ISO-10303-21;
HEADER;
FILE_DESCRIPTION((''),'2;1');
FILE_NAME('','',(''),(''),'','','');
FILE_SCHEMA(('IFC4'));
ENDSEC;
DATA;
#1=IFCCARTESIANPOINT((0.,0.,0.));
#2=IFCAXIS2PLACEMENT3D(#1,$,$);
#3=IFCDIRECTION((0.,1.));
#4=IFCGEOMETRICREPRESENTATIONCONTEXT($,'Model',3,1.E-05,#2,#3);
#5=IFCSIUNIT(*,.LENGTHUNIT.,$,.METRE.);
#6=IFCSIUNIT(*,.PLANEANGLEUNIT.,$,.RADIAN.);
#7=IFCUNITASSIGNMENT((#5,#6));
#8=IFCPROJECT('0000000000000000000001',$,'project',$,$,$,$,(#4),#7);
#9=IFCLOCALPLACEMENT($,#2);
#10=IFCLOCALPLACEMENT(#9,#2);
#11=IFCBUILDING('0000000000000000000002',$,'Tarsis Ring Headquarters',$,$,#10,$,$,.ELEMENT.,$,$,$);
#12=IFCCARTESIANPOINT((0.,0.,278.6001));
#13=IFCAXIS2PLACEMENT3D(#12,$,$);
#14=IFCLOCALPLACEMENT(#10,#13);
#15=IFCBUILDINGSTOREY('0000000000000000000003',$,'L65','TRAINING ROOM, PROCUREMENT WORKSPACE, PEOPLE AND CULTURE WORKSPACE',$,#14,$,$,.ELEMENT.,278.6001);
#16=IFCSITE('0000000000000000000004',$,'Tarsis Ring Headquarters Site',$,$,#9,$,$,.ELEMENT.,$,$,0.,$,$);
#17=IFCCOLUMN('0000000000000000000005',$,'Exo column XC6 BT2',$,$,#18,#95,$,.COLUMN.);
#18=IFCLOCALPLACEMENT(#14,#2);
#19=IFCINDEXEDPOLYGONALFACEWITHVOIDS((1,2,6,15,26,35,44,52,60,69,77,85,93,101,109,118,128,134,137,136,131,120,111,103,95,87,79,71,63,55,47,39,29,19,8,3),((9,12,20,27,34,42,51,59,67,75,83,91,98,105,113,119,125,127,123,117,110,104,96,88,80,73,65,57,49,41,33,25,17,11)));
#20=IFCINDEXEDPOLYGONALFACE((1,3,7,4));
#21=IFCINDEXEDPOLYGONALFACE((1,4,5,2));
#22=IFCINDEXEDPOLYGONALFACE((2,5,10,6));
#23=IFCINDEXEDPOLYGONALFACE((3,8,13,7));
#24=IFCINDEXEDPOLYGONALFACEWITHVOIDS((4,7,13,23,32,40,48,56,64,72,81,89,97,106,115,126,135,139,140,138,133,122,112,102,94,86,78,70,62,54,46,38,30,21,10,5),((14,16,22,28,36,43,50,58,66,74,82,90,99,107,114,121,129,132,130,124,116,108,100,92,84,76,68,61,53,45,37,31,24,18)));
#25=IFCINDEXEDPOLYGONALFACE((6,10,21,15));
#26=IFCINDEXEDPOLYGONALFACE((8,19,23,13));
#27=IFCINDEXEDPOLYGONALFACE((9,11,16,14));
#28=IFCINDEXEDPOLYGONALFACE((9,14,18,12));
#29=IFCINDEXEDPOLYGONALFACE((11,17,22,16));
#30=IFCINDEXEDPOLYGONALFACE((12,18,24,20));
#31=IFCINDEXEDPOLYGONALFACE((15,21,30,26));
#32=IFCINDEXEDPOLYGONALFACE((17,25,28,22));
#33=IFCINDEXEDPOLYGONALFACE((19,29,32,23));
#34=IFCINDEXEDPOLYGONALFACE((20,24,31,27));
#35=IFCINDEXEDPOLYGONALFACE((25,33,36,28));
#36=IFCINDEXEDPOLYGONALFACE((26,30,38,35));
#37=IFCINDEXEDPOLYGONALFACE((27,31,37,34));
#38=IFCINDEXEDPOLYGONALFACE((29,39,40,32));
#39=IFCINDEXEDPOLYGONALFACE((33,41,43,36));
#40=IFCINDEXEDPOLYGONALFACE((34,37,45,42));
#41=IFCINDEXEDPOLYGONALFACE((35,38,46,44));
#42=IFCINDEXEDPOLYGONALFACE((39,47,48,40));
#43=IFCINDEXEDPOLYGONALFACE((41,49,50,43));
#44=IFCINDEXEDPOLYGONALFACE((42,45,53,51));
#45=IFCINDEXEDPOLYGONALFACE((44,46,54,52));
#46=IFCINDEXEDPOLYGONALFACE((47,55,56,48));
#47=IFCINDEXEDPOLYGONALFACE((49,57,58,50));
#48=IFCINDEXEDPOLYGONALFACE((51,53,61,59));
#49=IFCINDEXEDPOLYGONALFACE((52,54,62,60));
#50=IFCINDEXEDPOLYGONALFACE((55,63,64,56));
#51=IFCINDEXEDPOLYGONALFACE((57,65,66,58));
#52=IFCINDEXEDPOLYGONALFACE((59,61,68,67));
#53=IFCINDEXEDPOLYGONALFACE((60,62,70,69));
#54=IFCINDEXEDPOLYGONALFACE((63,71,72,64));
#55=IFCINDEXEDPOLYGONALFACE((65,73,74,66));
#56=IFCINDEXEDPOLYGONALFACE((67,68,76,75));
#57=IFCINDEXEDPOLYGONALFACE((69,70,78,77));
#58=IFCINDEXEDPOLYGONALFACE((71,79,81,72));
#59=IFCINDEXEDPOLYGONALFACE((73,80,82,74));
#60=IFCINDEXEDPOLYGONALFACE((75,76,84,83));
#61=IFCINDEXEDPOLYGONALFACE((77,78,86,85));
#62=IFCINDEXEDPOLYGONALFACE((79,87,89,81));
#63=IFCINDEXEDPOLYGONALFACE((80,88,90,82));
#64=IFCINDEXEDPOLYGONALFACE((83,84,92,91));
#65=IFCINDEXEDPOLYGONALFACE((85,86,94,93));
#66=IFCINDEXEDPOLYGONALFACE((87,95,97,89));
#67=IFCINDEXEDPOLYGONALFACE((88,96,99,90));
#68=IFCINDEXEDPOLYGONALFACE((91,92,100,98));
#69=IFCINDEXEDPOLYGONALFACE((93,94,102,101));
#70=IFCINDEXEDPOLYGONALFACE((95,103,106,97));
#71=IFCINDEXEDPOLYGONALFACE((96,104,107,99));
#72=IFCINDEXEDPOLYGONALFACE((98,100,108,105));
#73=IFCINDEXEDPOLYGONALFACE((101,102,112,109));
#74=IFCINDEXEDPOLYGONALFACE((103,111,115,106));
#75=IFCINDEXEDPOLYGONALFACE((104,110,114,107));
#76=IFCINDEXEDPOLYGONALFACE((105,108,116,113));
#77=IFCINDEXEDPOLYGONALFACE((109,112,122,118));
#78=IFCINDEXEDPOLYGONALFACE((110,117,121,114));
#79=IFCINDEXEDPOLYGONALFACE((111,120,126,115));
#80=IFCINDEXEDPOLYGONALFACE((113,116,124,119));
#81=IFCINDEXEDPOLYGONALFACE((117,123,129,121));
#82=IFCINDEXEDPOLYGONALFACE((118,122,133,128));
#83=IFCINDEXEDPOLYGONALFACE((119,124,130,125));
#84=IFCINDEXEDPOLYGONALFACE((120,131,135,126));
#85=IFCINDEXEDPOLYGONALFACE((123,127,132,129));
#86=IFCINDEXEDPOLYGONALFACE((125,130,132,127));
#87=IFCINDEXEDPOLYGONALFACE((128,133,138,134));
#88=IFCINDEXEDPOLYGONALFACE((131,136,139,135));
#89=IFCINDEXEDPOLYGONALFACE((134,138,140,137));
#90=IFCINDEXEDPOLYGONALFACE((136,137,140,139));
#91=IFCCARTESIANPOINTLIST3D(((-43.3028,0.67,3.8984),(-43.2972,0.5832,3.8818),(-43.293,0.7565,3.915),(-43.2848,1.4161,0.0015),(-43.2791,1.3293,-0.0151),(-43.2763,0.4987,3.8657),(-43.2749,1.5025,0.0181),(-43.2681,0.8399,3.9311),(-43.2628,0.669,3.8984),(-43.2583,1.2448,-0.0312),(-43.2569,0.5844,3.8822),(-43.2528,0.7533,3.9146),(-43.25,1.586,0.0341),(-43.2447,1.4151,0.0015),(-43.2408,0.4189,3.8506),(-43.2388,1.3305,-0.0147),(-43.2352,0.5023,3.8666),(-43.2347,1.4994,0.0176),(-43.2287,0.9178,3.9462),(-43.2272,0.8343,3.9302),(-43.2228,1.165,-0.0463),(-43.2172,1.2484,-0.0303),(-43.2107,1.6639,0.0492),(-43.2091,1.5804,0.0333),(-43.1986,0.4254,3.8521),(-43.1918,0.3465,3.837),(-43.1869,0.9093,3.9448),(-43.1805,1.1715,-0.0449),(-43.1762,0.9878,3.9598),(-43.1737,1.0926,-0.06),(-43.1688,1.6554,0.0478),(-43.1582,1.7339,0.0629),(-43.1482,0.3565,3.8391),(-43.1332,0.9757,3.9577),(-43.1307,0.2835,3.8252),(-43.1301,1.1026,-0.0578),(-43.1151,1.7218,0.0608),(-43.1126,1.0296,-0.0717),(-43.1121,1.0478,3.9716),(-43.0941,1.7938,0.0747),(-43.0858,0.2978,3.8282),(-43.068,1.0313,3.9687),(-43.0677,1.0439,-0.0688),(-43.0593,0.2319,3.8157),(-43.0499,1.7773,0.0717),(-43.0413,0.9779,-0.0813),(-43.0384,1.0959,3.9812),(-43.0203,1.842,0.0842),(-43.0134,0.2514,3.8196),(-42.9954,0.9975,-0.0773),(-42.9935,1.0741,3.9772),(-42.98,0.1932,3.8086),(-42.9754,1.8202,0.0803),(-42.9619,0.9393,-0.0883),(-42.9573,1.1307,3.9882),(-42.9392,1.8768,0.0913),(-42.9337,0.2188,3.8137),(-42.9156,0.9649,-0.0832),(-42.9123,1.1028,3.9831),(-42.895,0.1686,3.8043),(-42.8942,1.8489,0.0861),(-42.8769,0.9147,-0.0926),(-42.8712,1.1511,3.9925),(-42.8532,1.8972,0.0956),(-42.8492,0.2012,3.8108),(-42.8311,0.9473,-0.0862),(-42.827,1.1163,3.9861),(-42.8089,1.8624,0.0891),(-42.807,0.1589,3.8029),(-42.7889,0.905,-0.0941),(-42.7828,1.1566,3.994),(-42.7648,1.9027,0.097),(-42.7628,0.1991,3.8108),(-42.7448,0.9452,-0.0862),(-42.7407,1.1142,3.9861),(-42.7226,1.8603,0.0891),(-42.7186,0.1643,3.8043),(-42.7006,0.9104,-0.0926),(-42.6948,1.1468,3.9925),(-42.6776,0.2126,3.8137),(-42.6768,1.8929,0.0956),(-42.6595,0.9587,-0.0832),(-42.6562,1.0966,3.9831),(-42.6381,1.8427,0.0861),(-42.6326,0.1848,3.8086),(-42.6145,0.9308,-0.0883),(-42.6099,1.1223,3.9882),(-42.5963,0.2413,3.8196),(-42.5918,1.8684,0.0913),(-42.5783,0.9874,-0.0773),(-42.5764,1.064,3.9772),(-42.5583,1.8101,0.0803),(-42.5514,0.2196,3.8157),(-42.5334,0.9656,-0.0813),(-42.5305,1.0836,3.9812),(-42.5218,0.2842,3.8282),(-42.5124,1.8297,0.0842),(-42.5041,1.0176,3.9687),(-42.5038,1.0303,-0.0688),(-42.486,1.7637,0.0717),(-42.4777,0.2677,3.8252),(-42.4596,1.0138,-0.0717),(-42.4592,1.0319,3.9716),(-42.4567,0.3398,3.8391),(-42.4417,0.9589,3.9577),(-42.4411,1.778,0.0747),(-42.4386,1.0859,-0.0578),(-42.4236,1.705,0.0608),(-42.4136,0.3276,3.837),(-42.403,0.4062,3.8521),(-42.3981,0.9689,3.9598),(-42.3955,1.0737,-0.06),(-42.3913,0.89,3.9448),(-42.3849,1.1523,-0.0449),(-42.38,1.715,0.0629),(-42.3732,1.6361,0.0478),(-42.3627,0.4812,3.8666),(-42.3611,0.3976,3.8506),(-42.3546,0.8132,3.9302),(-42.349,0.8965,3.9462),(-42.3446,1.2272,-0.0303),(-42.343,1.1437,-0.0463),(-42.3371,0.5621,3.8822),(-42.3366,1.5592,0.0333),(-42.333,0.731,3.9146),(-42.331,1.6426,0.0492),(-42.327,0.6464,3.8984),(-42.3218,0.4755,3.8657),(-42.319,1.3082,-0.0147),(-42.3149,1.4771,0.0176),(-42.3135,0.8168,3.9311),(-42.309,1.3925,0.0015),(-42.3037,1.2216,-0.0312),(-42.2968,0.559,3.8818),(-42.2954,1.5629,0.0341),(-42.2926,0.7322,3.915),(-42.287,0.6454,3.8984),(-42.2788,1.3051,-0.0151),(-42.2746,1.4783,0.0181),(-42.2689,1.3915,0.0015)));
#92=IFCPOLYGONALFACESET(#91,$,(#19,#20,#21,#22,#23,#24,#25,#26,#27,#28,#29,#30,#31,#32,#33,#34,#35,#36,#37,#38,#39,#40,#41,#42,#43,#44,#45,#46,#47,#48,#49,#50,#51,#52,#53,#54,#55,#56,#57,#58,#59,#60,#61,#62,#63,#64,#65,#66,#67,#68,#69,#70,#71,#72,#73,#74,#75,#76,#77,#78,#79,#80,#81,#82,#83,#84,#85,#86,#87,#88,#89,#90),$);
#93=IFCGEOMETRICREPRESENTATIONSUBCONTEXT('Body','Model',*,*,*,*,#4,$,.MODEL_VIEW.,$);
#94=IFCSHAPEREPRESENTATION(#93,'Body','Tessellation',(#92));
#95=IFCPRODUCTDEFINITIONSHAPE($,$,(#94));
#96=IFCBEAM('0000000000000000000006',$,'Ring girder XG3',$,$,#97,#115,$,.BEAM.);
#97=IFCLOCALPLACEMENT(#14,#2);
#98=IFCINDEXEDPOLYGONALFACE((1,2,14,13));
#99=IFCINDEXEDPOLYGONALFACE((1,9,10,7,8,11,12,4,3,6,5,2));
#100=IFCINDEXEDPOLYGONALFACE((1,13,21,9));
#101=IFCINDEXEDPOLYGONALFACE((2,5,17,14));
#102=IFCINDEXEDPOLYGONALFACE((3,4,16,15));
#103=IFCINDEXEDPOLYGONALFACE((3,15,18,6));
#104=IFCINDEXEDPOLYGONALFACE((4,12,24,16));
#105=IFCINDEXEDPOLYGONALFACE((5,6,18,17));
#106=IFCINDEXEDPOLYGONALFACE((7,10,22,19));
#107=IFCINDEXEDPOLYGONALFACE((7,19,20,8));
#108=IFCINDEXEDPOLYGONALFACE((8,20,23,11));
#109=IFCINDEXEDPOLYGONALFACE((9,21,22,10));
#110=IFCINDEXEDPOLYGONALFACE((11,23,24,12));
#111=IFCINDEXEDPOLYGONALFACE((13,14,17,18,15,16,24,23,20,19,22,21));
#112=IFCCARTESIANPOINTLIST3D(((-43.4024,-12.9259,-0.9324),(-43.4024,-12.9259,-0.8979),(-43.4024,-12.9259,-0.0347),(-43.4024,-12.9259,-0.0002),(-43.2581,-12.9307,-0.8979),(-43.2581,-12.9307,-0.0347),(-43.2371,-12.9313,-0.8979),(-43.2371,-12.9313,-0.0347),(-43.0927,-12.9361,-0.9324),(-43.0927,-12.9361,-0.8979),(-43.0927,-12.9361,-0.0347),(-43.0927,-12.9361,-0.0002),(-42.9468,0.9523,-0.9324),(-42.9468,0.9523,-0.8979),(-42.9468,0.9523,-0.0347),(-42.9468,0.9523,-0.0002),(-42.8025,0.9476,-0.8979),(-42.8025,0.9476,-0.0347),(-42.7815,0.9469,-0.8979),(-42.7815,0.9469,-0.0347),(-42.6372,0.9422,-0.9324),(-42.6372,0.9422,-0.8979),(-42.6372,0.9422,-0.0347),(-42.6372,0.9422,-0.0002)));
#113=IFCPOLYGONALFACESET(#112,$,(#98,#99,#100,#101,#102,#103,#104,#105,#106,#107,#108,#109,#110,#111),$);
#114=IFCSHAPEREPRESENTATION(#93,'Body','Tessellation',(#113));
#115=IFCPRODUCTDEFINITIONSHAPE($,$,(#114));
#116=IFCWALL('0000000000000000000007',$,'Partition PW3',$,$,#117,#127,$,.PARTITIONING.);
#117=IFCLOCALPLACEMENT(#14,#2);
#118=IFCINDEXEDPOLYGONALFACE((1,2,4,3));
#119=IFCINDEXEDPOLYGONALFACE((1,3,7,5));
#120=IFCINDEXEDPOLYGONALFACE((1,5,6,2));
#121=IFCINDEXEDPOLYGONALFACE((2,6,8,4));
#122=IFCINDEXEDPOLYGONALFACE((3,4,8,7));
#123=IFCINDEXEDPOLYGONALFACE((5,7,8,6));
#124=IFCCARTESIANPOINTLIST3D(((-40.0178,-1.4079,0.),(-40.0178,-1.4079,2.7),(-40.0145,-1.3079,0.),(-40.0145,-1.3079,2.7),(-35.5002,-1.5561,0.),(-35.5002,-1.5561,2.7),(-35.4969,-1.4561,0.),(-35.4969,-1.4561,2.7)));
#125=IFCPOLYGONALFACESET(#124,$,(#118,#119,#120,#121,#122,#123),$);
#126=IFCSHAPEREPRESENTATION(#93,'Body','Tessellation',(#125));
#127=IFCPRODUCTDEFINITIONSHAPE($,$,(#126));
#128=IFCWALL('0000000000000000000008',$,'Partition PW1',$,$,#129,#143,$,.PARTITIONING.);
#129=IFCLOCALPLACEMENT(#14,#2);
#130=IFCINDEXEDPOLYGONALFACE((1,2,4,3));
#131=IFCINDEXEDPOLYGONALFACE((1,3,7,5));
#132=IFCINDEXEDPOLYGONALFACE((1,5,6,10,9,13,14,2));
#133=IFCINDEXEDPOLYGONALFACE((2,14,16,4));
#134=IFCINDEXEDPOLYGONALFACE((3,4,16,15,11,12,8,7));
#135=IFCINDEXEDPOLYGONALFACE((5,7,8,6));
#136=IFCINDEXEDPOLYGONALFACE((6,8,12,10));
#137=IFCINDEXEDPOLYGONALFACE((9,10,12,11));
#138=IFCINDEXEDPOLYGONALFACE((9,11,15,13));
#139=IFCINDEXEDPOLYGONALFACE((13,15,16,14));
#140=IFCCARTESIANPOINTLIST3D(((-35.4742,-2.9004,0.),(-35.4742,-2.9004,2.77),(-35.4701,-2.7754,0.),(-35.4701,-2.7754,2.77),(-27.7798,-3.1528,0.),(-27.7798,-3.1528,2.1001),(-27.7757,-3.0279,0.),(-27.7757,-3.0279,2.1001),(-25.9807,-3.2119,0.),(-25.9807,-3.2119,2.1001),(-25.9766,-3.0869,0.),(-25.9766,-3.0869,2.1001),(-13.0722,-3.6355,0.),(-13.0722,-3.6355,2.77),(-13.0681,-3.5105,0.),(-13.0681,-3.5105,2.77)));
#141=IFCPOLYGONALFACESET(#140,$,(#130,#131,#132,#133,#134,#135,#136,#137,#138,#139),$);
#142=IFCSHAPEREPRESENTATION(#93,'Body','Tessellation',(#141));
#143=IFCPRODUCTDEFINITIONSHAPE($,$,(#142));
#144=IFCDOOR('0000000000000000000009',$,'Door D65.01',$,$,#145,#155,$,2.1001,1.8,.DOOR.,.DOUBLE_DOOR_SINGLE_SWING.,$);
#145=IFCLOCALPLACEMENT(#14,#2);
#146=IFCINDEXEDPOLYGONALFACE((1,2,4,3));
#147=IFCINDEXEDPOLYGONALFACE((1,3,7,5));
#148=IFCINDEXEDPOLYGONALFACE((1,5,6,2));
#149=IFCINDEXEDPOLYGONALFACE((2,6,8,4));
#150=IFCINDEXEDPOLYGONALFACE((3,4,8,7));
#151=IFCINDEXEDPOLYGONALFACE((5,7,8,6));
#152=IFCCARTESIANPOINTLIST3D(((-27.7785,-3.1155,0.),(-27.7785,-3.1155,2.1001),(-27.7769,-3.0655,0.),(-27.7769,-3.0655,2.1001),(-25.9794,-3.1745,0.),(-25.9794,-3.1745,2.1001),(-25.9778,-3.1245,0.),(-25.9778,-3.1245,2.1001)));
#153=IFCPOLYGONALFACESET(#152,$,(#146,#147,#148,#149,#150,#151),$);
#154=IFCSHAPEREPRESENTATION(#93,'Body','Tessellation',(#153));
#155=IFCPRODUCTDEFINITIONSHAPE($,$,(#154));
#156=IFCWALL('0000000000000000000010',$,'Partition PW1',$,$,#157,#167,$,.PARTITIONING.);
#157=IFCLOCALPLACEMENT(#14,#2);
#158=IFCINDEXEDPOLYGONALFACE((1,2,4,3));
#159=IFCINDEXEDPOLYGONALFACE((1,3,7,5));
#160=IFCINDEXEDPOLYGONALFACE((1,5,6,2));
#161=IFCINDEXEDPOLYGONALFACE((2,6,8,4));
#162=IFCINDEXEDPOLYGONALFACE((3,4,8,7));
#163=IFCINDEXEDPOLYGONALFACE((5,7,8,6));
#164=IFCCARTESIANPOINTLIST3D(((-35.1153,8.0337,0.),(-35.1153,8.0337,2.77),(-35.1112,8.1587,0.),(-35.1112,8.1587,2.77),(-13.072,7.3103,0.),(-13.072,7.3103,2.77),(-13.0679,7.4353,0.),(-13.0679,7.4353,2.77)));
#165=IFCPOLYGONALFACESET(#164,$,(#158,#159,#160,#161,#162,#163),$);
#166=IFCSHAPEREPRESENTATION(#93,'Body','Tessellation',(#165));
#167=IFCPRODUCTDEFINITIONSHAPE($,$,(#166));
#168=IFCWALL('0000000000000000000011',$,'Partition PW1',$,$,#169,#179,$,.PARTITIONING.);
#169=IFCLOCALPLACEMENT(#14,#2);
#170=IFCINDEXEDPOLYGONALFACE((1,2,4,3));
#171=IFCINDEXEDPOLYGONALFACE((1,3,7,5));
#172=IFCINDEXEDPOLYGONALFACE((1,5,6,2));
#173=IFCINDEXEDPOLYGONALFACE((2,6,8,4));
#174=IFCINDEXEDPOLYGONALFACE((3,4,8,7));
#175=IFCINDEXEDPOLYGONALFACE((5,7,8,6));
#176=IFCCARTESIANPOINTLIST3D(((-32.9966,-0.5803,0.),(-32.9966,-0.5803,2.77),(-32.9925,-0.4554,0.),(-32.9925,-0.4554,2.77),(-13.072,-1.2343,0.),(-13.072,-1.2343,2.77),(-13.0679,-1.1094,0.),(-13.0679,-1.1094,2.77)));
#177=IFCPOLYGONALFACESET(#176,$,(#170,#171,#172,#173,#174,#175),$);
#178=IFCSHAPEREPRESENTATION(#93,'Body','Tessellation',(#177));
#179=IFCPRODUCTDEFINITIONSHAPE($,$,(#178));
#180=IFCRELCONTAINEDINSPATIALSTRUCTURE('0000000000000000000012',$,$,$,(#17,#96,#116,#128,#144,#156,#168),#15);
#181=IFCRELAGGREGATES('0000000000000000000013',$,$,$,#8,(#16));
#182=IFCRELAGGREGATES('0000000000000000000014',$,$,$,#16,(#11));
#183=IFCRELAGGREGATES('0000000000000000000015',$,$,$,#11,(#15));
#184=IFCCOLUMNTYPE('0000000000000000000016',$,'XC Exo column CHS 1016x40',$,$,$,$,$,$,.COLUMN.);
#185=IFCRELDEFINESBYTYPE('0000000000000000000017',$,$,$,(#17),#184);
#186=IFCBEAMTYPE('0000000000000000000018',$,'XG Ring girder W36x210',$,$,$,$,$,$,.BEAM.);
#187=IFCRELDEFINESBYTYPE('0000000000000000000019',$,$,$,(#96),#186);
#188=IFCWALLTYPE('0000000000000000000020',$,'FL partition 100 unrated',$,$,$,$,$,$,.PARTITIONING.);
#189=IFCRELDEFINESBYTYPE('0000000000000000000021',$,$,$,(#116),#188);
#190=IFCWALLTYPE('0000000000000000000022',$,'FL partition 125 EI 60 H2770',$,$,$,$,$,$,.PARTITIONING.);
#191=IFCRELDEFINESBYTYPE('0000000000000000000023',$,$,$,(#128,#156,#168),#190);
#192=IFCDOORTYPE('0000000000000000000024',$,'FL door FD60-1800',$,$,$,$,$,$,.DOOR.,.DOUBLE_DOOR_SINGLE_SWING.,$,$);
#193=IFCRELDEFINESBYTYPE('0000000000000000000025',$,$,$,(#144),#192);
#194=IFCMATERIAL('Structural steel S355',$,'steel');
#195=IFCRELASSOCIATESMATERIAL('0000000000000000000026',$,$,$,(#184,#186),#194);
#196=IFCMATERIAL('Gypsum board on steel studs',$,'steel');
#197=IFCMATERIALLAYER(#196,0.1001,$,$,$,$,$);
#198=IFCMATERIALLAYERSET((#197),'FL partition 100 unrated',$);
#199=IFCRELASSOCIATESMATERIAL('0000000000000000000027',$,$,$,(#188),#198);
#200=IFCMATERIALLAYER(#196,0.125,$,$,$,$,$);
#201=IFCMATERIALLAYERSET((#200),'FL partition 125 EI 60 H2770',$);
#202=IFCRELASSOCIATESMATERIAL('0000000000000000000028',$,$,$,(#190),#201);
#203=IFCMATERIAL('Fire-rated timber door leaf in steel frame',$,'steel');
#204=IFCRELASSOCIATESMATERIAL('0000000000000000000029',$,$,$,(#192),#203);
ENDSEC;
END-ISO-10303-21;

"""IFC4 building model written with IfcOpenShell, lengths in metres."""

from ifc_helpers import new_model, si_unit, direction, frame, frame_2d, origin, origin_2d, place, context, subcontext, project, spatial, rectangle, hollow_circle, i_section, extrude, material, layer, layer_set, material_profile, profile_set, type_object, element, fill, save


model = new_model("IFC4")

# Units and contexts
model_context = context("Model", 3, precision=1e-05, world=origin(), true_north=direction((0.0, 1.0)))
body_context = subcontext(model_context, "Body", "Model", "MODEL_VIEW")
ifc_project = project(units=[si_unit("LENGTHUNIT", "METRE"), si_unit("PLANEANGLEUNIT", "RADIAN")], contexts=[model_context])

# Site, building, storey
site_placement = place(None, origin())
site = spatial("IfcSite", under=ifc_project, at=site_placement, Name="Tarsis Ring Headquarters Site", CompositionType="ELEMENT", RefElevation=0.0)
building_placement = place(site_placement, origin())
building = spatial("IfcBuilding", under=site, at=building_placement, Name="Tarsis Ring Headquarters", CompositionType="ELEMENT")
storey_placement = place(building_placement, frame((0.0, 0.0, 278.6001)))
storey = spatial("IfcBuildingStorey", under=building, at=storey_placement, Name="L65", Description="TRAINING ROOM, PROCUREMENT WORKSPACE, PEOPLE AND CULTURE WORKSPACE", CompositionType="ELEMENT", Elevation=278.6001)

# Column
ifc_material_1 = material(Name="Structural steel S355", Category="steel")
ifc_material_profile_1 = material_profile(ifc_material_1, hollow_circle(Radius=0.5081, WallThickness=0.04, at=origin_2d()), Name="CHS 1016x40")
ifc_profile_set_1 = profile_set([ifc_material_profile_1], Name="Structural steel S355")
column_type = type_object("IfcColumnType", Name="XC Exo column CHS 1016x40", PredefinedType="COLUMN", material=ifc_profile_set_1)
column_placement = place(storey_placement, frame((-42.7769, 1.4038, 0.0015), z_axis=(-0.004553, -0.188037, 0.982151), x_axis=(0.999707, -0.024208, 0.0)))
element("IfcColumn", 1, at=column_placement, inside=storey, type_object=column_type, Name="Exo column XC6 BT2", PredefinedType="COLUMN", context=body_context, shape_type="SweptSolid", body=[
    extrude(hollow_circle(Radius=0.5081, WallThickness=0.04, at=origin_2d()), origin(), (0.0, 0.0, 1.0), 3.9678),
])

# Beam
ifc_material_profile_2 = material_profile(ifc_material_1, i_section(OverallWidth=0.3098, OverallDepth=0.9321, WebThickness=0.021, FlangeThickness=0.0344, at=origin_2d()), Name="W36x210")
ifc_profile_set_2 = profile_set([ifc_material_profile_2], Name="Structural steel S355")
beam_type = type_object("IfcBeamType", Name="XG Ring girder W36x210", PredefinedType="BEAM", material=ifc_profile_set_2)
beam_placement = place(storey_placement, frame((-42.792, 0.9473, -0.4663), z_axis=(-0.032808, -0.999462, 0.0), x_axis=(0.999462, -0.032808, 0.0)))
element("IfcBeam", 2, at=beam_placement, inside=storey, type_object=beam_type, Name="Ring girder XG3", PredefinedType="BEAM", context=body_context, shape_type="SweptSolid", body=[
    extrude(i_section(OverallWidth=0.3098, OverallDepth=0.9321, WebThickness=0.021, FlangeThickness=0.0344, at=origin_2d()), origin(), (0.0, 0.0, 1.0), 13.8857),
])

# Wall
ifc_material_2 = material(Name="Gypsum board on steel studs", Category="steel")
ifc_layer_1 = layer(ifc_material_2, 0.1001)
ifc_layer_set_1 = layer_set([ifc_layer_1], Name="FL partition 100 unrated")
wall_type_1 = type_object("IfcWallType", Name="FL partition 100 unrated", PredefinedType="PARTITIONING", material=ifc_layer_set_1)
wall_1_placement = place(storey_placement, frame((-40.0161, -1.3579, 0.0), z_axis=(0.0, 0.0, 1.0), x_axis=(0.999462, -0.032786, 0.0)))
element("IfcWall", 3, at=wall_1_placement, inside=storey, type_object=wall_type_1, Name="Partition PW3", PredefinedType="PARTITIONING", context=body_context, shape_type="SweptSolid", body=[
    extrude(rectangle(XDim=4.52, YDim=0.1001, at=frame_2d((2.26, 0.0))), origin(), (0.0, 0.0, 1.0), 2.7),
])

# Wall, opening, door
ifc_layer_2 = layer(ifc_material_2, 0.125)
ifc_layer_set_2 = layer_set([ifc_layer_2], Name="FL partition 125 EI 60 H2770")
wall_type_2 = type_object("IfcWallType", Name="FL partition 125 EI 60 H2770", PredefinedType="PARTITIONING", material=ifc_layer_set_2)
wall_2_placement = place(storey_placement, frame((-35.4722, -2.8379, 0.0), z_axis=(0.0, 0.0, 1.0), x_axis=(0.999462, -0.032797, 0.0)))
wall_2 = element("IfcWall", 4, at=wall_2_placement, inside=storey, type_object=wall_type_2, Name="Partition PW1", PredefinedType="PARTITIONING", context=body_context, shape_type="SweptSolid", body=[
    extrude(rectangle(XDim=22.4141, YDim=0.125, at=frame_2d((11.207, 0.0))), origin(), (0.0, 0.0, 1.0), 2.77),
])
opening_1_placement = place(wall_2_placement, frame((7.6987, 0.0, 0.0)))
opening_1 = element("IfcOpeningElement", 5, at=opening_1_placement, cuts=wall_2, PredefinedType="OPENING", context=body_context, shape_type="SweptSolid", body=[
    extrude(rectangle(XDim=1.8, YDim=2.1001, at=frame_2d((0.8999, 1.05))), frame((0.0, 0.0725, 0.0), z_axis=(0.0, -1.0, 0.0), x_axis=(1.0, 0.0, 0.0)), (0.0, 0.0, 1.0), 0.145),
])
ifc_material_3 = material(Name="Fire-rated timber door leaf in steel frame", Category="steel")
door_type_1 = type_object("IfcDoorType", Name="FL door FD60-1800", OperationType="DOUBLE_DOOR_SINGLE_SWING", PredefinedType="DOOR", material=ifc_material_3)
door_1_placement = place(opening_1_placement, origin())
door_1 = element("IfcDoor", 6, at=door_1_placement, inside=storey, type_object=door_type_1, Name="Door D65.01", OperationType="DOUBLE_DOOR_SINGLE_SWING", OverallHeight=2.1001, OverallWidth=1.8, PredefinedType="DOOR", context=body_context, shape_type="SweptSolid", body=[
    extrude(rectangle(XDim=1.8, YDim=2.1001, at=frame_2d((0.8999, 1.05))), frame((0.0, 0.0249, 0.0), z_axis=(0.0, -1.0, 0.0), x_axis=(1.0, 0.0, 0.0)), (0.0, 0.0, 1.0), 0.05),
])
fill(opening_1, door_1)

# Walls
wall_3_placement = place(storey_placement, frame((-35.1133, 8.0962, 0.0), z_axis=(0.0, 0.0, 1.0), x_axis=(0.999462, -0.032799, 0.0)))
element("IfcWall", 7, at=wall_3_placement, inside=storey, type_object=wall_type_2, Name="Partition PW1", PredefinedType="PARTITIONING", context=body_context, shape_type="SweptSolid", body=[
    extrude(rectangle(XDim=22.0552, YDim=0.125, at=frame_2d((11.0276, 0.0))), origin(), (0.0, 0.0, 1.0), 2.77),
])
wall_4_placement = place(storey_placement, frame((-32.9946, -0.5178, 0.0), z_axis=(0.0, 0.0, 1.0), x_axis=(0.999462, -0.032809, 0.0)))
element("IfcWall", 8, at=wall_4_placement, inside=storey, type_object=wall_type_2, Name="Partition PW1", PredefinedType="PARTITIONING", context=body_context, shape_type="SweptSolid", body=[
    extrude(rectangle(XDim=19.9353, YDim=0.125, at=frame_2d((9.9678, 0.0))), origin(), (0.0, 0.0, 1.0), 2.77),
])

save(model, "model.ifc")
